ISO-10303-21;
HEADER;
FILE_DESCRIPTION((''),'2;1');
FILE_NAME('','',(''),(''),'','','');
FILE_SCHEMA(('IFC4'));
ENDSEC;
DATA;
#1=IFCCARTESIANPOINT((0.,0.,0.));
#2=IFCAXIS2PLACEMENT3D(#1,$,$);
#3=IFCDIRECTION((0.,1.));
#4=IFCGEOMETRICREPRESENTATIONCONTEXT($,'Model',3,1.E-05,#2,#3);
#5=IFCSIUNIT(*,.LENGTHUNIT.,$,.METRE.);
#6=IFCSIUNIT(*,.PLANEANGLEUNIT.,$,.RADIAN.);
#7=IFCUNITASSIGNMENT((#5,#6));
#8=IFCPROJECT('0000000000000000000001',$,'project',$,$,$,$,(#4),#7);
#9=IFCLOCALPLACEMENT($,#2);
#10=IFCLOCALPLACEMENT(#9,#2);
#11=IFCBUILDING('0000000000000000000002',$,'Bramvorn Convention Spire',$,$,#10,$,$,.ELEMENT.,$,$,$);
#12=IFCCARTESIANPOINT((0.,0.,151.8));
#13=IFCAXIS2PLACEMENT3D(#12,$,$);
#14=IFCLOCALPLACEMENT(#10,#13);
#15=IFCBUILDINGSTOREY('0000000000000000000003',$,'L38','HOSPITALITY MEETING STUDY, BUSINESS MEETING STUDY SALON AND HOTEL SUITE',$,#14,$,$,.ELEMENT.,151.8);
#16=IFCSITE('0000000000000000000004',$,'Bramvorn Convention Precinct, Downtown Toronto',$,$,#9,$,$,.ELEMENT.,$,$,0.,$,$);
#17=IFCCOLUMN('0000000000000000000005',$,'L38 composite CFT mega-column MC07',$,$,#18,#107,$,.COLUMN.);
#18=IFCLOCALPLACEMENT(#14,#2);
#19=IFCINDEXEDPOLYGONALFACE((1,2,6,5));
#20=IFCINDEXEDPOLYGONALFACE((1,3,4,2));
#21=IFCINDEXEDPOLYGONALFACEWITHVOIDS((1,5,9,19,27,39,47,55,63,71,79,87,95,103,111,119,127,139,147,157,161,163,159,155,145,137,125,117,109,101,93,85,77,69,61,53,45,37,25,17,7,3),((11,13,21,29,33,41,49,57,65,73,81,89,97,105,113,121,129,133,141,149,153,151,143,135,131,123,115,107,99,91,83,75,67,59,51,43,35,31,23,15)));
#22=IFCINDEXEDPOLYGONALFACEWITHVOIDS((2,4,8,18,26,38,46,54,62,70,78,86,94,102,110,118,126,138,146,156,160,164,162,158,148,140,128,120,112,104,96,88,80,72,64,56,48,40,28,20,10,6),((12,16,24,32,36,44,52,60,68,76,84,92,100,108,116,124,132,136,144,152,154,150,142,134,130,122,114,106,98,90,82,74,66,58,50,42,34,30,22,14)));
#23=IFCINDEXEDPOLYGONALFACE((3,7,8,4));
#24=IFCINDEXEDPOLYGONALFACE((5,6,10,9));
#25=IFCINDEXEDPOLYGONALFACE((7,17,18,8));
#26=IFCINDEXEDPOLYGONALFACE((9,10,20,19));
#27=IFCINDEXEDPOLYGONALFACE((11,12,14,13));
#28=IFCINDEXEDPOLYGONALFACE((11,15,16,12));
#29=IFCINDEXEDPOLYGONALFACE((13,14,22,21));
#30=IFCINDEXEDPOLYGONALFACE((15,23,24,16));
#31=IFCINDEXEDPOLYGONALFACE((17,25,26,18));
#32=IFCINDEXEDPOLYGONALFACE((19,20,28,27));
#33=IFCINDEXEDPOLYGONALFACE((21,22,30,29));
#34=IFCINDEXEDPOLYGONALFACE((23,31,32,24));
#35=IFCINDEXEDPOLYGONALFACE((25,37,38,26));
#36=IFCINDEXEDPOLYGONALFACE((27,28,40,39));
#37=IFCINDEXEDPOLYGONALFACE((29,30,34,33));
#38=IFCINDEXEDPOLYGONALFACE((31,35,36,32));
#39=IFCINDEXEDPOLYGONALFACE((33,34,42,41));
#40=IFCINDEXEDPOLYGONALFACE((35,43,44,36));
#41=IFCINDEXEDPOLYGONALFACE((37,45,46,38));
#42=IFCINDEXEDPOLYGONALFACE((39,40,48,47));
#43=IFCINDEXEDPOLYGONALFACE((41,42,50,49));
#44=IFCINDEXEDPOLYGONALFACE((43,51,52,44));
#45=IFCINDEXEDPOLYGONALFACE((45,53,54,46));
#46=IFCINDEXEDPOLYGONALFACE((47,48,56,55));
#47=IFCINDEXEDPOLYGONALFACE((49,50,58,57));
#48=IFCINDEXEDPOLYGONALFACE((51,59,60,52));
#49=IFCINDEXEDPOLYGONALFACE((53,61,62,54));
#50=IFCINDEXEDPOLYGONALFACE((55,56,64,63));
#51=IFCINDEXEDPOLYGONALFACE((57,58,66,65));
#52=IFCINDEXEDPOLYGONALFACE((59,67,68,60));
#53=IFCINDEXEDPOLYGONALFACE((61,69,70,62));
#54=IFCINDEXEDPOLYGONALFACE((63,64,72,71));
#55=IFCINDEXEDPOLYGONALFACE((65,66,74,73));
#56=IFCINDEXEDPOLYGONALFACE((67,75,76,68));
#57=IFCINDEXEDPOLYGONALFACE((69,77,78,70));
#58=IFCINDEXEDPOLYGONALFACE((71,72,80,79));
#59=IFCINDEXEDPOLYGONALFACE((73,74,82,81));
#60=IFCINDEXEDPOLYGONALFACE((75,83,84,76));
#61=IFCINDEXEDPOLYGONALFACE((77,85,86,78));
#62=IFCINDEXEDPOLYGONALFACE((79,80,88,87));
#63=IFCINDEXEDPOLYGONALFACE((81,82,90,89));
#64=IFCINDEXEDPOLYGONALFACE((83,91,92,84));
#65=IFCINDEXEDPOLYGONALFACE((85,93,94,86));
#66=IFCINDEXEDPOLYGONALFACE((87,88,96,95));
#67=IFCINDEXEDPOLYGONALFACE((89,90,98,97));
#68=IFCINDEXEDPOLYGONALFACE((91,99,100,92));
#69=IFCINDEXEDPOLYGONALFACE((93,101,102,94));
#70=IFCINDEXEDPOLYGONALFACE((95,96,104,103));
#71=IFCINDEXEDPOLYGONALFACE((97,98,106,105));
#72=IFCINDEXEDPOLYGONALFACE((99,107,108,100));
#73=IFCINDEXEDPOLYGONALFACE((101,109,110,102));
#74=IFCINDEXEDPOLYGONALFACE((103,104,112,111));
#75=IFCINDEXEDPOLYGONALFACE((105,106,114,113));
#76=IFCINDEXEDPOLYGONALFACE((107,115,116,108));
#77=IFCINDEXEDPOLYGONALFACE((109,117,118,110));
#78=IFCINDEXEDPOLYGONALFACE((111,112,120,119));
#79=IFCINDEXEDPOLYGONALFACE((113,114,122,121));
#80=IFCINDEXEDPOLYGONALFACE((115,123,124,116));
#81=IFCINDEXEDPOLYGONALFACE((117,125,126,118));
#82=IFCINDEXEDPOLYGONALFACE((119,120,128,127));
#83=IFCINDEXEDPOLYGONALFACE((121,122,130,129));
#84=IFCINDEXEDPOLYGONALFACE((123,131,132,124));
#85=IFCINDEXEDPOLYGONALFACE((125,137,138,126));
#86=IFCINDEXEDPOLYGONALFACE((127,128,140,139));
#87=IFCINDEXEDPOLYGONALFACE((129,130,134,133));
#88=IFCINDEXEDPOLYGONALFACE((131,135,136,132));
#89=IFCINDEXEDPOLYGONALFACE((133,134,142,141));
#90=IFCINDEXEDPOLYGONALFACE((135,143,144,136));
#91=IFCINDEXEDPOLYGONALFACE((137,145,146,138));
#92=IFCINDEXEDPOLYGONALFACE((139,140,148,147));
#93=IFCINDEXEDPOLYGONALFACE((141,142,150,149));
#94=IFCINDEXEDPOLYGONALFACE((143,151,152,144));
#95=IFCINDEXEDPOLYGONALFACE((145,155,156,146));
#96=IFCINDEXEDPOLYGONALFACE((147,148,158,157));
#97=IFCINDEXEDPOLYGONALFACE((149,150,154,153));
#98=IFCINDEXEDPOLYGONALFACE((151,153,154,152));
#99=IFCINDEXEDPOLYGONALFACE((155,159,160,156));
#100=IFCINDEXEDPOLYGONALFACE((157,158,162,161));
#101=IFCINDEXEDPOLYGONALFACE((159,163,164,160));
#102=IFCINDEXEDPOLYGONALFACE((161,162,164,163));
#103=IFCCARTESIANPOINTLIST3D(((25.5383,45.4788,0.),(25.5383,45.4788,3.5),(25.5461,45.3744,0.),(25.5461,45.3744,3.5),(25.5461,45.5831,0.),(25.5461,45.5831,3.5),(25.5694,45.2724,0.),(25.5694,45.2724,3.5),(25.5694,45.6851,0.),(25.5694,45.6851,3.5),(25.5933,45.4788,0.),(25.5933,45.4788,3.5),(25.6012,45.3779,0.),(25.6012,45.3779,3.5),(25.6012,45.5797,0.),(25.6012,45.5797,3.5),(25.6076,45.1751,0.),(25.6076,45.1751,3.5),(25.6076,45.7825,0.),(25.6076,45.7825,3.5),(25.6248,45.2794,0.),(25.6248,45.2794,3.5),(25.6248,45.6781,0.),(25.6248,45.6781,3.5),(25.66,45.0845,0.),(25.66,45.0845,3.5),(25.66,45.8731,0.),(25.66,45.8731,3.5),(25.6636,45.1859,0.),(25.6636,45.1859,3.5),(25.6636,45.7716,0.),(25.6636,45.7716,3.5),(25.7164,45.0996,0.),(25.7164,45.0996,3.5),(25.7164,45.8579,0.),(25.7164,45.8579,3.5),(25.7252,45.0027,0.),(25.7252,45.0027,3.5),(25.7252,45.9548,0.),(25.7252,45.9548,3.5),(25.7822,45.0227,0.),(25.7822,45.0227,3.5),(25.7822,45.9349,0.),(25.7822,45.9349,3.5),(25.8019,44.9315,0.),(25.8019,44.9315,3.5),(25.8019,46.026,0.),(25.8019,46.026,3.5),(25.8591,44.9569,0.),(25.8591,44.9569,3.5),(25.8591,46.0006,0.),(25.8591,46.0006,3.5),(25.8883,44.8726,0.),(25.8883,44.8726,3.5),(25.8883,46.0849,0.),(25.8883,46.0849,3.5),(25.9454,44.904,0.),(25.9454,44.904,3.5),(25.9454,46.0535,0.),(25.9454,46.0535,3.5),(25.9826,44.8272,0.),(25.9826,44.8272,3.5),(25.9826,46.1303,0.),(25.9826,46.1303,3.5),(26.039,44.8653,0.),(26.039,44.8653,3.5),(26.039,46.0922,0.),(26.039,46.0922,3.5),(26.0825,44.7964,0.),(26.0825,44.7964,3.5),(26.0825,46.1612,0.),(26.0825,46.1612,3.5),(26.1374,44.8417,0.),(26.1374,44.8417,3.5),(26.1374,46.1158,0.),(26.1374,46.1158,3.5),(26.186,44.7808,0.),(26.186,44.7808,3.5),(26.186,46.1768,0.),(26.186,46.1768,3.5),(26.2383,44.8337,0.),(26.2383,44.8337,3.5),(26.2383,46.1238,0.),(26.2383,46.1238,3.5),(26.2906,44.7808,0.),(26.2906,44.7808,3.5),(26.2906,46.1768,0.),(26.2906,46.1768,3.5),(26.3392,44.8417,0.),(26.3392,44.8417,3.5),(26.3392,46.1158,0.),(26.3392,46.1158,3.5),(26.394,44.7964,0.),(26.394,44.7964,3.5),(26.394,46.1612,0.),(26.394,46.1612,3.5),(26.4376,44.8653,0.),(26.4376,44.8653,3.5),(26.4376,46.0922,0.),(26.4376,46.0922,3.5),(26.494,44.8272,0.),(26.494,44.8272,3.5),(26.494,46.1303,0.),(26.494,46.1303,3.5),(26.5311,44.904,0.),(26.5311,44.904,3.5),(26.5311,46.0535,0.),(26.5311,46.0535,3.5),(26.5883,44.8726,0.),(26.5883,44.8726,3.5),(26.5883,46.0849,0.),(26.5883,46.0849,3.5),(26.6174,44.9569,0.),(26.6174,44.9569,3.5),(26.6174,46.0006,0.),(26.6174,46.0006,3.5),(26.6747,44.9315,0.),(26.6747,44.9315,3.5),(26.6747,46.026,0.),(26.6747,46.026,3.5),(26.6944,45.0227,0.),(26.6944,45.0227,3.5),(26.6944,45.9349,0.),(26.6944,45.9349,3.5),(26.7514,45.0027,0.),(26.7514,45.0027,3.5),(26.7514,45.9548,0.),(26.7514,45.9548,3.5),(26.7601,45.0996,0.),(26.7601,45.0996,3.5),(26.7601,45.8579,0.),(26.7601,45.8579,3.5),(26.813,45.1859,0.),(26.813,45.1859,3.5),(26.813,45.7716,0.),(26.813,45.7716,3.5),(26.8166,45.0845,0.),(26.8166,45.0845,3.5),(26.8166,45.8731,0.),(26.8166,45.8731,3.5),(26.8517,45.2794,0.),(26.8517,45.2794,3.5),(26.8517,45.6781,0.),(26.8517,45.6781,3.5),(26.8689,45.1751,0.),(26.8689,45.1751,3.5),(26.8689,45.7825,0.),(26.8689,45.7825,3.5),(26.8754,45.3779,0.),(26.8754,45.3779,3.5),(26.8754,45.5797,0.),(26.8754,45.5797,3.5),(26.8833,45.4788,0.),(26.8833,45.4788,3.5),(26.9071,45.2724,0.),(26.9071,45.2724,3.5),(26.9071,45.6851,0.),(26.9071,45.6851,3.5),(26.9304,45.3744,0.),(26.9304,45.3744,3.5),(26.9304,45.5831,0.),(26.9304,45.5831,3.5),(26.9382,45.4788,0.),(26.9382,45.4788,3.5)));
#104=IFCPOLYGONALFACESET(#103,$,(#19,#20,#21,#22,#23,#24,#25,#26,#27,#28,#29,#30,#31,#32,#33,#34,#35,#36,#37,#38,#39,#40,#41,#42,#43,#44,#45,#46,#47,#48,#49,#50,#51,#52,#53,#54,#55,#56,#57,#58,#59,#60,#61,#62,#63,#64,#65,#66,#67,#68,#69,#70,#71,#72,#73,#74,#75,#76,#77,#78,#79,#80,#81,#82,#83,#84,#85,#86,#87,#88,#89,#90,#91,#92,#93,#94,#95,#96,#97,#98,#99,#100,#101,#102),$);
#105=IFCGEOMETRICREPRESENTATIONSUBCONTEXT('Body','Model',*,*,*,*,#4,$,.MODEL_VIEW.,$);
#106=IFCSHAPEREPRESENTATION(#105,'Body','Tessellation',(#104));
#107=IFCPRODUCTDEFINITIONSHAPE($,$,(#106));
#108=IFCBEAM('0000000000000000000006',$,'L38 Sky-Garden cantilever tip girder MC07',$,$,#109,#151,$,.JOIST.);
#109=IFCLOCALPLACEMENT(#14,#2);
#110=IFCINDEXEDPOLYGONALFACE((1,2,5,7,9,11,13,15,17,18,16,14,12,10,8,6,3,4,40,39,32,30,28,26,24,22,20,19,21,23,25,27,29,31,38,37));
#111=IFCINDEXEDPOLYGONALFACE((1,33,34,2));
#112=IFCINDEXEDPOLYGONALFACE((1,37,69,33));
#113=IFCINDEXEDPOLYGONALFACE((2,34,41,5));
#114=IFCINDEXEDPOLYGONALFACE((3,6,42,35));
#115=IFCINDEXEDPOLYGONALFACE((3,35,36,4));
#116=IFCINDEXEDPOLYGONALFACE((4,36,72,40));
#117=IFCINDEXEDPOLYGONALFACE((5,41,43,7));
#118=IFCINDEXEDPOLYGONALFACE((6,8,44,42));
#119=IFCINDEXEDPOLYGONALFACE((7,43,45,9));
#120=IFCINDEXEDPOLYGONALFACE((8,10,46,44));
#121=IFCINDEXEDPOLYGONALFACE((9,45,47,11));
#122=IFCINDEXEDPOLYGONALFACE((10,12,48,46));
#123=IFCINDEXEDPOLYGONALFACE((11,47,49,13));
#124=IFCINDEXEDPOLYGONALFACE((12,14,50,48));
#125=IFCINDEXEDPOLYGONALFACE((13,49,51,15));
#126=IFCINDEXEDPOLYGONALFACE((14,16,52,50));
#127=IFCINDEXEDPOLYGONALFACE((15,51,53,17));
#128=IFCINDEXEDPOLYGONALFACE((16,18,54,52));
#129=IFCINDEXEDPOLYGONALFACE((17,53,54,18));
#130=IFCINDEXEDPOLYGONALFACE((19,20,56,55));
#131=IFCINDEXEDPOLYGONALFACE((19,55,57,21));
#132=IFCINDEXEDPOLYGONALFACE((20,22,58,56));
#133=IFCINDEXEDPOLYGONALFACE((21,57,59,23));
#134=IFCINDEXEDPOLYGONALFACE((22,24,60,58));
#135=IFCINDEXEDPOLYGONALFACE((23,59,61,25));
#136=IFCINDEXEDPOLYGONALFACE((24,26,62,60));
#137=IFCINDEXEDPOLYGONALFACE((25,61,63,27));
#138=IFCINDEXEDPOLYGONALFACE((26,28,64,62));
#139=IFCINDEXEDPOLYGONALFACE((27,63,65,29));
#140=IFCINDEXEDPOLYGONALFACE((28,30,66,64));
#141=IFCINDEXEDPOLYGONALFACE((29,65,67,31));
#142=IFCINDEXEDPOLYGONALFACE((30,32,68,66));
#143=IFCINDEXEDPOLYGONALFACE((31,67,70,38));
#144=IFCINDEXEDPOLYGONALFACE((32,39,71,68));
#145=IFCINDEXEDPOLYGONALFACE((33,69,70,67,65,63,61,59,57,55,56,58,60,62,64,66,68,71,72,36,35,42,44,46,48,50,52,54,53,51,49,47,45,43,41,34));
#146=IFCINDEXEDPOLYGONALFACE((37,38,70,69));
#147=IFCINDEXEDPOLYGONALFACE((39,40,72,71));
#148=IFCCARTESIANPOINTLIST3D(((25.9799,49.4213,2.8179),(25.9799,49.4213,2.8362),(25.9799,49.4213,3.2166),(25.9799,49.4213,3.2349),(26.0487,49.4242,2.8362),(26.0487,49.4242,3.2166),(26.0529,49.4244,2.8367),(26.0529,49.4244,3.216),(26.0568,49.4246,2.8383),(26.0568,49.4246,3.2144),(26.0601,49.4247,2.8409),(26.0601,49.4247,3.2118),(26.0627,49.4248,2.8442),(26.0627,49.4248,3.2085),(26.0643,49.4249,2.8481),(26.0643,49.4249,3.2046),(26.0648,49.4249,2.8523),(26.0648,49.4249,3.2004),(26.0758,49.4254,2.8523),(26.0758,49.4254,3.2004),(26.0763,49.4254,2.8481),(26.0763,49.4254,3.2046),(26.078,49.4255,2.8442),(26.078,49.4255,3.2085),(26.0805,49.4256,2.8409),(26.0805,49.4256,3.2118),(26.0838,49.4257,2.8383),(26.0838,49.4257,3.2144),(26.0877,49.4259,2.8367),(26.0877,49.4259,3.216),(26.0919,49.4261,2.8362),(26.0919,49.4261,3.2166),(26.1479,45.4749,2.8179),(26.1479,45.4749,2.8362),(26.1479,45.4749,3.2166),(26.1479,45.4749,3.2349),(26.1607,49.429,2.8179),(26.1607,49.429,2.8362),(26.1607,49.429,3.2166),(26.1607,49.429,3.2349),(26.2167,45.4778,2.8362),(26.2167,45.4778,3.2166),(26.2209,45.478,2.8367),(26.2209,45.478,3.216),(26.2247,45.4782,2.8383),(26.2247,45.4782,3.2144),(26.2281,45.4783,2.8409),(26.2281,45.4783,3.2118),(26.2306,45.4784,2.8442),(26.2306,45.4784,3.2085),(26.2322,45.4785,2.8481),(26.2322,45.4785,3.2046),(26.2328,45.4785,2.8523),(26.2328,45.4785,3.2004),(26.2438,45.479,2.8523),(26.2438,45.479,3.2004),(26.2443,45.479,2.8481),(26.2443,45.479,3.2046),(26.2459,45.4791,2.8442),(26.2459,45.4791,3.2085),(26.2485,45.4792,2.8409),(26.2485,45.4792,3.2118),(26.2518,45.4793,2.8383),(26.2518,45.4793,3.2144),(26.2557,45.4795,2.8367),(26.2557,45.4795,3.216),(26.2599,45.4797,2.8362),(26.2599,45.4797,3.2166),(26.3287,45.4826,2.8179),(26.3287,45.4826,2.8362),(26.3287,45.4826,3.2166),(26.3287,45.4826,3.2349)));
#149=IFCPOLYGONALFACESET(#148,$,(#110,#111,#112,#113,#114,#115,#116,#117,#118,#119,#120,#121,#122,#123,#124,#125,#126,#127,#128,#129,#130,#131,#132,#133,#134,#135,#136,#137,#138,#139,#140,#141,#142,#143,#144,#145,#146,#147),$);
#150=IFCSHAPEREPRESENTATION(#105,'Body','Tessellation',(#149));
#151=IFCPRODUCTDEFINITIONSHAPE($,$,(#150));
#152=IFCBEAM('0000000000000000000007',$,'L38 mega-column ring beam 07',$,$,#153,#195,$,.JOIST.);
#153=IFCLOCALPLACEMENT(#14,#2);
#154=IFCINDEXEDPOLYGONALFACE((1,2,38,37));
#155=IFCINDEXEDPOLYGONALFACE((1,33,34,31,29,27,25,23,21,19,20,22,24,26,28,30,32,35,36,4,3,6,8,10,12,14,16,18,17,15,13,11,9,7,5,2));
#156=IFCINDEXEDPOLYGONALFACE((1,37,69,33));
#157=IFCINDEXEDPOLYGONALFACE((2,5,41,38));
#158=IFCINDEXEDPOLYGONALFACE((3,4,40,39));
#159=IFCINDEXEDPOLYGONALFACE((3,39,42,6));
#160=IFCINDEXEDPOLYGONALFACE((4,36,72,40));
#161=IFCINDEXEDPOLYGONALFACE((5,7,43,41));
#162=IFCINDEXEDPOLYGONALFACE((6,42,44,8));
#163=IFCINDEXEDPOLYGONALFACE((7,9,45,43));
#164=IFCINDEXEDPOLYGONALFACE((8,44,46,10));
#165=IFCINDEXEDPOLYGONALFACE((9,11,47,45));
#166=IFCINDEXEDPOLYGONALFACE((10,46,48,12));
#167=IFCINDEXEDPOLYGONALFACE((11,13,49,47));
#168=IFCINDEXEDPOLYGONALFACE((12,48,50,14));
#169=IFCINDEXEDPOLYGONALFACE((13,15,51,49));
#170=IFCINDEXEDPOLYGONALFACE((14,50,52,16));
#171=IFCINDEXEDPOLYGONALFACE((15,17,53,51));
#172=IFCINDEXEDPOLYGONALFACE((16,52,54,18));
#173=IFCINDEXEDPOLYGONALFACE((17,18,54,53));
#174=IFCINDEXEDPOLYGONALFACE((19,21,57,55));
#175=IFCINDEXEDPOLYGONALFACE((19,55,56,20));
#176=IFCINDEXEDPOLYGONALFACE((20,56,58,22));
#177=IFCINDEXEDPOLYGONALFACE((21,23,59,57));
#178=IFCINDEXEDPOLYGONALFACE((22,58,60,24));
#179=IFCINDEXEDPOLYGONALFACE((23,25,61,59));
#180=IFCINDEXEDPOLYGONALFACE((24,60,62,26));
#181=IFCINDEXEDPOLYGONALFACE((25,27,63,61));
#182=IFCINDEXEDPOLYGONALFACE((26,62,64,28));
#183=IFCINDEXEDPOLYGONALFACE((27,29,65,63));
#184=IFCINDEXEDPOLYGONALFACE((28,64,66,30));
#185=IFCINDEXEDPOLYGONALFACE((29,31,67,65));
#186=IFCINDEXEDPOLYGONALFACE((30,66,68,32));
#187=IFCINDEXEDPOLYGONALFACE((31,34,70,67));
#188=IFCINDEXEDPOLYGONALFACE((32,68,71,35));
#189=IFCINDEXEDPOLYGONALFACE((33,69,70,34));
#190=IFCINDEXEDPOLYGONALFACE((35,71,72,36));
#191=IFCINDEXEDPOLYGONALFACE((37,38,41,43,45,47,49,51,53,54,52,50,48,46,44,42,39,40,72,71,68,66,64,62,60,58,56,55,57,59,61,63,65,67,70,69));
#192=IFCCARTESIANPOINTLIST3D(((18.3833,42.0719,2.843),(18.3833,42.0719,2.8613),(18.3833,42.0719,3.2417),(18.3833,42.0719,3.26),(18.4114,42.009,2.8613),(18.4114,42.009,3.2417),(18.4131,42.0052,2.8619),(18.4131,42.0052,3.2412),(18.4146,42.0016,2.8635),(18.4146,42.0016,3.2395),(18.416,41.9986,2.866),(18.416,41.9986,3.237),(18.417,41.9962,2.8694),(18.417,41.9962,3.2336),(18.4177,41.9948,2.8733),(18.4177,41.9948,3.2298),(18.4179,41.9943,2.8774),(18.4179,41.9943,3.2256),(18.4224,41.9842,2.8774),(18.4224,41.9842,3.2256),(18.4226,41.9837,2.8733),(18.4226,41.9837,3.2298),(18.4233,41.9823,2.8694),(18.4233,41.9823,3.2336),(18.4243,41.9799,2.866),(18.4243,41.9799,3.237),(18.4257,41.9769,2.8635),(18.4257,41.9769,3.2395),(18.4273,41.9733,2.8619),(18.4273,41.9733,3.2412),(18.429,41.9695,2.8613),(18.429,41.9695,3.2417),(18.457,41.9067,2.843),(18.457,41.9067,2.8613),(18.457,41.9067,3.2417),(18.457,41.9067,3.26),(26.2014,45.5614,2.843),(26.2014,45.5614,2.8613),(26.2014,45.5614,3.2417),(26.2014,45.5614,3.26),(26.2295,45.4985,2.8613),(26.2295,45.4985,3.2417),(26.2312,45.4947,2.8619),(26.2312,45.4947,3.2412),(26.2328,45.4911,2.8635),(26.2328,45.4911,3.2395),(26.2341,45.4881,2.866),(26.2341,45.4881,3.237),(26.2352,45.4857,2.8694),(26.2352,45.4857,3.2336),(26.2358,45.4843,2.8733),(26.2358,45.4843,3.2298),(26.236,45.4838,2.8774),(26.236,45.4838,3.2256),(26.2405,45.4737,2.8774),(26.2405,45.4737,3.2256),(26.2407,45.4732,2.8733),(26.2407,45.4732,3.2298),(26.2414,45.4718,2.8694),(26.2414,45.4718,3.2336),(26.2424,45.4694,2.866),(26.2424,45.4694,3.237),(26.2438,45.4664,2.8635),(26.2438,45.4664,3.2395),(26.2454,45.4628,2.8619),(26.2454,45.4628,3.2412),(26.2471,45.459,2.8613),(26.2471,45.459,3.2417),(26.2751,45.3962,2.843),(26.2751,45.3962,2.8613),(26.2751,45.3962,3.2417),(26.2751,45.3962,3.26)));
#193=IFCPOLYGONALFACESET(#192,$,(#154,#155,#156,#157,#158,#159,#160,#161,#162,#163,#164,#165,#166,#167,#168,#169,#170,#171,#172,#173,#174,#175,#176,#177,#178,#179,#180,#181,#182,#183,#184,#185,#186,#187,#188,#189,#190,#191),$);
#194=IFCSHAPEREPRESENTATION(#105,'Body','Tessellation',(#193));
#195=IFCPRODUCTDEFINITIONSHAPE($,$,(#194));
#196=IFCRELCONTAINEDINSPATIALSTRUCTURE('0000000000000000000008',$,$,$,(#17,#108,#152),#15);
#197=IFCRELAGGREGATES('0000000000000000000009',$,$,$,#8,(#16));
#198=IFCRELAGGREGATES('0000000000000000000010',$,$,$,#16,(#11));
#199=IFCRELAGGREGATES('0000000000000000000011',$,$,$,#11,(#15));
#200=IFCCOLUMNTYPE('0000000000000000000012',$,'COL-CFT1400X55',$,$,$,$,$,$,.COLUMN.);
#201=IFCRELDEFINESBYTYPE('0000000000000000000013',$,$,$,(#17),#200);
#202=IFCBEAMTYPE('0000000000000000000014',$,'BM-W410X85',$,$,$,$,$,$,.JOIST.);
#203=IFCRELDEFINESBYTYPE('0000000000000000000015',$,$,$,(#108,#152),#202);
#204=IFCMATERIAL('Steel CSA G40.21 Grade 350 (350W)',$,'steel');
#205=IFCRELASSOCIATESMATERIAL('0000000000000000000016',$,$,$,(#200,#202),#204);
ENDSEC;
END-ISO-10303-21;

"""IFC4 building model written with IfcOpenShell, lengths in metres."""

from ifc_helpers import new_model, si_unit, direction, frame, origin, origin_2d, place, context, subcontext, project, spatial, hollow_circle, i_section, extrude, material, material_profile, profile_set, type_object, element, save


model = new_model("IFC4")

# Units and contexts
model_context = context("Model", 3, precision=1e-05, world=origin(), true_north=direction((0.0, 1.0)))
body_context = subcontext(model_context, "Body", "Model", "MODEL_VIEW")
ifc_project = project(units=[si_unit("LENGTHUNIT", "METRE"), si_unit("PLANEANGLEUNIT", "RADIAN")], contexts=[model_context])

# Site, building, storey
site_placement = place(None, origin())
site = spatial("IfcSite", under=ifc_project, at=site_placement, Name="Bramvorn Convention Precinct, Downtown Toronto", CompositionType="ELEMENT", RefElevation=0.0)
building_placement = place(site_placement, origin())
building = spatial("IfcBuilding", under=site, at=building_placement, Name="Bramvorn Convention Spire", CompositionType="ELEMENT")
storey_placement = place(building_placement, frame((0.0, 0.0, 151.8)))
storey = spatial("IfcBuildingStorey", under=building, at=storey_placement, Name="L38", Description="HOSPITALITY MEETING STUDY, BUSINESS MEETING STUDY SALON AND HOTEL SUITE", CompositionType="ELEMENT", Elevation=151.8)

# Column
ifc_material_1 = material(Name="Steel CSA G40.21 Grade 350 (350W)", Category="steel")
ifc_material_profile_1 = material_profile(ifc_material_1, hollow_circle(Radius=0.7, WallThickness=0.0549, at=origin_2d()))
ifc_profile_set_1 = profile_set([ifc_material_profile_1], Name="Steel CSA G40.21 Grade 350 (350W) - CFT1400X55")
column_type = type_object("IfcColumnType", Name="COL-CFT1400X55", PredefinedType="COLUMN", material=ifc_profile_set_1)
column_placement = place(storey_placement, frame((26.2383, 45.4788, 0.0), z_axis=(0.0, 0.0, 1.0), x_axis=(1.0, 0.0, 0.0)))
element("IfcColumn", 1, at=column_placement, inside=storey, type_object=column_type, Name="L38 composite CFT mega-column MC07", PredefinedType="COLUMN", context=body_context, shape_type="SweptSolid", body=[
    extrude(hollow_circle(Radius=0.7, WallThickness=0.0549, at=origin_2d()), origin(), (0.0, 0.0, 1.0), 3.5),
])

# Beams
ifc_material_profile_2 = material_profile(ifc_material_1, i_section(OverallWidth=0.1809, OverallDepth=0.417, WebThickness=0.011, FlangeThickness=0.0183, FilletRadius=0.0161, at=origin_2d()))
ifc_profile_set_2 = profile_set([ifc_material_profile_2], Name="Steel CSA G40.21 Grade 350 (350W) - W410X85")
beam_type = type_object("IfcBeamType", Name="BM-W410X85", PredefinedType="JOIST", material=ifc_profile_set_2)
beam_1_placement = place(storey_placement, frame((26.2383, 45.4788, 3.0264), z_axis=(-0.042525, 0.999095, 0.0), x_axis=(-0.999095, -0.042525, 0.0)))
element("IfcBeam", 2, at=beam_1_placement, inside=storey, type_object=beam_type, Name="L38 Sky-Garden cantilever tip girder MC07", PredefinedType="JOIST", context=body_context, shape_type="SweptSolid", body=[
    extrude(i_section(OverallWidth=0.1809, OverallDepth=0.417, WebThickness=0.011, FlangeThickness=0.0183, FilletRadius=0.0161, at=origin_2d()), origin(), (0.0, 0.0, 1.0), 3.95),
])
beam_2_placement = place(storey_placement, frame((26.2383, 45.4788, 3.0515), z_axis=(-0.91317, -0.40758, 0.0), x_axis=(0.40758, -0.91317, 0.0)))
element("IfcBeam", 3, at=beam_2_placement, inside=storey, type_object=beam_type, Name="L38 mega-column ring beam 07", PredefinedType="JOIST", context=body_context, shape_type="SweptSolid", body=[
    extrude(i_section(OverallWidth=0.1809, OverallDepth=0.417, WebThickness=0.011, FlangeThickness=0.0183, FilletRadius=0.0161, at=origin_2d()), origin(), (0.0, 0.0, 1.0), 8.5615),
])

save(model, "model.ifc")
